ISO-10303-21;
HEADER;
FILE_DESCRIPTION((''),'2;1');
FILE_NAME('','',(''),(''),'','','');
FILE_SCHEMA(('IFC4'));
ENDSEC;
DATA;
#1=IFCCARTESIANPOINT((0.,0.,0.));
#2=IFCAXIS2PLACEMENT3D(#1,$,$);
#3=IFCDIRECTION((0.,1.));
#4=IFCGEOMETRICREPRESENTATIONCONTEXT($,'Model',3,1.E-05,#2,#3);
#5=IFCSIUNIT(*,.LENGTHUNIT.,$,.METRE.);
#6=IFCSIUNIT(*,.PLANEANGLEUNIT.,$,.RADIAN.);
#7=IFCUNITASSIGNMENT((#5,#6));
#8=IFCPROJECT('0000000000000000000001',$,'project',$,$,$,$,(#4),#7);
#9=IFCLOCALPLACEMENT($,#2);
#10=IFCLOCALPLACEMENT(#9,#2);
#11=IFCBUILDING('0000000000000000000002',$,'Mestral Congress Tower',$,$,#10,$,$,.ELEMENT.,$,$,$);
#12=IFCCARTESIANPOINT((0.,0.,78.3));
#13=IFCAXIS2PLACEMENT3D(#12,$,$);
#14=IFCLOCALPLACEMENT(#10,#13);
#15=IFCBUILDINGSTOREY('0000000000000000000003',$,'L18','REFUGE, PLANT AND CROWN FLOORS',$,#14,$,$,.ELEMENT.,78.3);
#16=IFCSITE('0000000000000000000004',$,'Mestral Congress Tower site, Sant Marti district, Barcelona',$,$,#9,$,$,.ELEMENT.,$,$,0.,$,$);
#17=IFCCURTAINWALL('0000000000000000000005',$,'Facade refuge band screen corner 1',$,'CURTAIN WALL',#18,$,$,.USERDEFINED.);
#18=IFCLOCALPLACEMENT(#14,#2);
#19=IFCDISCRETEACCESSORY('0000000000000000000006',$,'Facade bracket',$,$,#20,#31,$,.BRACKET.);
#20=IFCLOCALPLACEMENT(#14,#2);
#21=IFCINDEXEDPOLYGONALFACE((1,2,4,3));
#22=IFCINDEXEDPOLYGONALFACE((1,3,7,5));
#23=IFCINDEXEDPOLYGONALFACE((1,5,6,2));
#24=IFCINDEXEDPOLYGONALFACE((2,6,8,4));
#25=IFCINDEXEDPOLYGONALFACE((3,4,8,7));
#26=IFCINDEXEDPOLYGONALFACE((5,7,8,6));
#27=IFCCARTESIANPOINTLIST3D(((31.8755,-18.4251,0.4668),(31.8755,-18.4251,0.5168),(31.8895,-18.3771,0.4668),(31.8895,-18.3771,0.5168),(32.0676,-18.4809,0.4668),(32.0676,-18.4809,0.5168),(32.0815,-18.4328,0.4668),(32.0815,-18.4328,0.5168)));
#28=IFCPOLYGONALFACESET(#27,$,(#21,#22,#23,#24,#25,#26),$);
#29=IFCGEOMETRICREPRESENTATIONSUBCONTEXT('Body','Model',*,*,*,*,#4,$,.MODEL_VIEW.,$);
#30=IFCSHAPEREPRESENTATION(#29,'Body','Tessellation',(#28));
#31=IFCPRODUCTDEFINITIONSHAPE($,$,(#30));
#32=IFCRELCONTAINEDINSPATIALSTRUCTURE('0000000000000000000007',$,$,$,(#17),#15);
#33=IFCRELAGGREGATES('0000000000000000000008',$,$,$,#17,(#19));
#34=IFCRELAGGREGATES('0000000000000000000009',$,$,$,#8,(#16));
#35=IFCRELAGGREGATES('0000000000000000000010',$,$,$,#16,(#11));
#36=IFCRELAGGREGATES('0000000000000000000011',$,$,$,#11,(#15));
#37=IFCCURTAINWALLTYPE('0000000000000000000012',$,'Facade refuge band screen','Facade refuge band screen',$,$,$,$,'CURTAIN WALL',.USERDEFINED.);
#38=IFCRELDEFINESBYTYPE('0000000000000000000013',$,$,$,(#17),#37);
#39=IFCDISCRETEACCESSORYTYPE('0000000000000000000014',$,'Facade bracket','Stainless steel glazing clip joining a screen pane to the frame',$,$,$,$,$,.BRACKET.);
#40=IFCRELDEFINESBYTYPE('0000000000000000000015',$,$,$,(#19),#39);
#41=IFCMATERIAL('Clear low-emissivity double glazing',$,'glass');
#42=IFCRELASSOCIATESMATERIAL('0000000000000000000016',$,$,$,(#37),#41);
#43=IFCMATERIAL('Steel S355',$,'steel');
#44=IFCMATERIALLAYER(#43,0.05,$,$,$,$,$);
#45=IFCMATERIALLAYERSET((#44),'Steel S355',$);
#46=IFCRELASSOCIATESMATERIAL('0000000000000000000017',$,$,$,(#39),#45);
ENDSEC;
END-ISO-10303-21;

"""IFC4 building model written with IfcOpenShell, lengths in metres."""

from ifc_helpers import new_model, si_unit, direction, frame, origin, origin_2d, place, context, subcontext, project, spatial, rectangle, extrude, material, layer, layer_set, type_object, element, aggregate, save


model = new_model("IFC4")

# Units and contexts
model_context = context("Model", 3, precision=1e-05, world=origin(), true_north=direction((0.0, 1.0)))
body_context = subcontext(model_context, "Body", "Model", "MODEL_VIEW")
ifc_project = project(units=[si_unit("LENGTHUNIT", "METRE"), si_unit("PLANEANGLEUNIT", "RADIAN")], contexts=[model_context])

# Site, building, storey
site_placement = place(None, origin())
site = spatial("IfcSite", under=ifc_project, at=site_placement, Name="Mestral Congress Tower site, Sant Marti district, Barcelona", CompositionType="ELEMENT", RefElevation=0.0)
building_placement = place(site_placement, origin())
building = spatial("IfcBuilding", under=site, at=building_placement, Name="Mestral Congress Tower", CompositionType="ELEMENT")
storey_placement = place(building_placement, frame((0.0, 0.0, 78.3)))
storey = spatial("IfcBuildingStorey", under=building, at=storey_placement, Name="L18", Description="REFUGE, PLANT AND CROWN FLOORS", CompositionType="ELEMENT", Elevation=78.3)

# Shared definitions
ifc_material_1 = material(Name="Steel S355", Category="steel")

# Curtain wall
ifc_material_2 = material(Name="Clear low-emissivity double glazing", Category="glass")
curtain_wall_type = type_object("IfcCurtainWallType", Name="Facade refuge band screen", Description="Facade refuge band screen", ElementType="CURTAIN WALL", PredefinedType="USERDEFINED", material=ifc_material_2)
curtain_wall_placement = place(storey_placement, origin())
curtain_wall = element("IfcCurtainWall", 1, at=curtain_wall_placement, inside=storey, type_object=curtain_wall_type, Name="Facade refuge band screen corner 1", ObjectType="CURTAIN WALL", PredefinedType="USERDEFINED")

# Discrete accessory
ifc_layer_1 = layer(ifc_material_1, 0.05)
ifc_layer_set_1 = layer_set([ifc_layer_1], Name="Steel S355")
discrete_accessory_type = type_object("IfcDiscreteAccessoryType", Name="Facade bracket", Description="Stainless steel glazing clip joining a screen pane to the frame", PredefinedType="BRACKET", material=ifc_layer_set_1)
discrete_accessory_1_placement = place(storey_placement, frame((31.9785, -18.429, 0.4668), z_axis=(0.0, 0.0, 1.0), x_axis=(0.278725, 0.960371, 0.0)))
discrete_accessory_1 = element("IfcDiscreteAccessory", 2, at=discrete_accessory_1_placement, type_object=discrete_accessory_type, Name="Facade bracket", PredefinedType="BRACKET", context=body_context, shape_type="SweptSolid", body=[
    extrude(rectangle(XDim=0.05, YDim=0.2, at=origin_2d()), origin(), (0.0, 0.0, 1.0), 0.05),
])
aggregate(curtain_wall, [discrete_accessory_1])

save(model, "model.ifc")
